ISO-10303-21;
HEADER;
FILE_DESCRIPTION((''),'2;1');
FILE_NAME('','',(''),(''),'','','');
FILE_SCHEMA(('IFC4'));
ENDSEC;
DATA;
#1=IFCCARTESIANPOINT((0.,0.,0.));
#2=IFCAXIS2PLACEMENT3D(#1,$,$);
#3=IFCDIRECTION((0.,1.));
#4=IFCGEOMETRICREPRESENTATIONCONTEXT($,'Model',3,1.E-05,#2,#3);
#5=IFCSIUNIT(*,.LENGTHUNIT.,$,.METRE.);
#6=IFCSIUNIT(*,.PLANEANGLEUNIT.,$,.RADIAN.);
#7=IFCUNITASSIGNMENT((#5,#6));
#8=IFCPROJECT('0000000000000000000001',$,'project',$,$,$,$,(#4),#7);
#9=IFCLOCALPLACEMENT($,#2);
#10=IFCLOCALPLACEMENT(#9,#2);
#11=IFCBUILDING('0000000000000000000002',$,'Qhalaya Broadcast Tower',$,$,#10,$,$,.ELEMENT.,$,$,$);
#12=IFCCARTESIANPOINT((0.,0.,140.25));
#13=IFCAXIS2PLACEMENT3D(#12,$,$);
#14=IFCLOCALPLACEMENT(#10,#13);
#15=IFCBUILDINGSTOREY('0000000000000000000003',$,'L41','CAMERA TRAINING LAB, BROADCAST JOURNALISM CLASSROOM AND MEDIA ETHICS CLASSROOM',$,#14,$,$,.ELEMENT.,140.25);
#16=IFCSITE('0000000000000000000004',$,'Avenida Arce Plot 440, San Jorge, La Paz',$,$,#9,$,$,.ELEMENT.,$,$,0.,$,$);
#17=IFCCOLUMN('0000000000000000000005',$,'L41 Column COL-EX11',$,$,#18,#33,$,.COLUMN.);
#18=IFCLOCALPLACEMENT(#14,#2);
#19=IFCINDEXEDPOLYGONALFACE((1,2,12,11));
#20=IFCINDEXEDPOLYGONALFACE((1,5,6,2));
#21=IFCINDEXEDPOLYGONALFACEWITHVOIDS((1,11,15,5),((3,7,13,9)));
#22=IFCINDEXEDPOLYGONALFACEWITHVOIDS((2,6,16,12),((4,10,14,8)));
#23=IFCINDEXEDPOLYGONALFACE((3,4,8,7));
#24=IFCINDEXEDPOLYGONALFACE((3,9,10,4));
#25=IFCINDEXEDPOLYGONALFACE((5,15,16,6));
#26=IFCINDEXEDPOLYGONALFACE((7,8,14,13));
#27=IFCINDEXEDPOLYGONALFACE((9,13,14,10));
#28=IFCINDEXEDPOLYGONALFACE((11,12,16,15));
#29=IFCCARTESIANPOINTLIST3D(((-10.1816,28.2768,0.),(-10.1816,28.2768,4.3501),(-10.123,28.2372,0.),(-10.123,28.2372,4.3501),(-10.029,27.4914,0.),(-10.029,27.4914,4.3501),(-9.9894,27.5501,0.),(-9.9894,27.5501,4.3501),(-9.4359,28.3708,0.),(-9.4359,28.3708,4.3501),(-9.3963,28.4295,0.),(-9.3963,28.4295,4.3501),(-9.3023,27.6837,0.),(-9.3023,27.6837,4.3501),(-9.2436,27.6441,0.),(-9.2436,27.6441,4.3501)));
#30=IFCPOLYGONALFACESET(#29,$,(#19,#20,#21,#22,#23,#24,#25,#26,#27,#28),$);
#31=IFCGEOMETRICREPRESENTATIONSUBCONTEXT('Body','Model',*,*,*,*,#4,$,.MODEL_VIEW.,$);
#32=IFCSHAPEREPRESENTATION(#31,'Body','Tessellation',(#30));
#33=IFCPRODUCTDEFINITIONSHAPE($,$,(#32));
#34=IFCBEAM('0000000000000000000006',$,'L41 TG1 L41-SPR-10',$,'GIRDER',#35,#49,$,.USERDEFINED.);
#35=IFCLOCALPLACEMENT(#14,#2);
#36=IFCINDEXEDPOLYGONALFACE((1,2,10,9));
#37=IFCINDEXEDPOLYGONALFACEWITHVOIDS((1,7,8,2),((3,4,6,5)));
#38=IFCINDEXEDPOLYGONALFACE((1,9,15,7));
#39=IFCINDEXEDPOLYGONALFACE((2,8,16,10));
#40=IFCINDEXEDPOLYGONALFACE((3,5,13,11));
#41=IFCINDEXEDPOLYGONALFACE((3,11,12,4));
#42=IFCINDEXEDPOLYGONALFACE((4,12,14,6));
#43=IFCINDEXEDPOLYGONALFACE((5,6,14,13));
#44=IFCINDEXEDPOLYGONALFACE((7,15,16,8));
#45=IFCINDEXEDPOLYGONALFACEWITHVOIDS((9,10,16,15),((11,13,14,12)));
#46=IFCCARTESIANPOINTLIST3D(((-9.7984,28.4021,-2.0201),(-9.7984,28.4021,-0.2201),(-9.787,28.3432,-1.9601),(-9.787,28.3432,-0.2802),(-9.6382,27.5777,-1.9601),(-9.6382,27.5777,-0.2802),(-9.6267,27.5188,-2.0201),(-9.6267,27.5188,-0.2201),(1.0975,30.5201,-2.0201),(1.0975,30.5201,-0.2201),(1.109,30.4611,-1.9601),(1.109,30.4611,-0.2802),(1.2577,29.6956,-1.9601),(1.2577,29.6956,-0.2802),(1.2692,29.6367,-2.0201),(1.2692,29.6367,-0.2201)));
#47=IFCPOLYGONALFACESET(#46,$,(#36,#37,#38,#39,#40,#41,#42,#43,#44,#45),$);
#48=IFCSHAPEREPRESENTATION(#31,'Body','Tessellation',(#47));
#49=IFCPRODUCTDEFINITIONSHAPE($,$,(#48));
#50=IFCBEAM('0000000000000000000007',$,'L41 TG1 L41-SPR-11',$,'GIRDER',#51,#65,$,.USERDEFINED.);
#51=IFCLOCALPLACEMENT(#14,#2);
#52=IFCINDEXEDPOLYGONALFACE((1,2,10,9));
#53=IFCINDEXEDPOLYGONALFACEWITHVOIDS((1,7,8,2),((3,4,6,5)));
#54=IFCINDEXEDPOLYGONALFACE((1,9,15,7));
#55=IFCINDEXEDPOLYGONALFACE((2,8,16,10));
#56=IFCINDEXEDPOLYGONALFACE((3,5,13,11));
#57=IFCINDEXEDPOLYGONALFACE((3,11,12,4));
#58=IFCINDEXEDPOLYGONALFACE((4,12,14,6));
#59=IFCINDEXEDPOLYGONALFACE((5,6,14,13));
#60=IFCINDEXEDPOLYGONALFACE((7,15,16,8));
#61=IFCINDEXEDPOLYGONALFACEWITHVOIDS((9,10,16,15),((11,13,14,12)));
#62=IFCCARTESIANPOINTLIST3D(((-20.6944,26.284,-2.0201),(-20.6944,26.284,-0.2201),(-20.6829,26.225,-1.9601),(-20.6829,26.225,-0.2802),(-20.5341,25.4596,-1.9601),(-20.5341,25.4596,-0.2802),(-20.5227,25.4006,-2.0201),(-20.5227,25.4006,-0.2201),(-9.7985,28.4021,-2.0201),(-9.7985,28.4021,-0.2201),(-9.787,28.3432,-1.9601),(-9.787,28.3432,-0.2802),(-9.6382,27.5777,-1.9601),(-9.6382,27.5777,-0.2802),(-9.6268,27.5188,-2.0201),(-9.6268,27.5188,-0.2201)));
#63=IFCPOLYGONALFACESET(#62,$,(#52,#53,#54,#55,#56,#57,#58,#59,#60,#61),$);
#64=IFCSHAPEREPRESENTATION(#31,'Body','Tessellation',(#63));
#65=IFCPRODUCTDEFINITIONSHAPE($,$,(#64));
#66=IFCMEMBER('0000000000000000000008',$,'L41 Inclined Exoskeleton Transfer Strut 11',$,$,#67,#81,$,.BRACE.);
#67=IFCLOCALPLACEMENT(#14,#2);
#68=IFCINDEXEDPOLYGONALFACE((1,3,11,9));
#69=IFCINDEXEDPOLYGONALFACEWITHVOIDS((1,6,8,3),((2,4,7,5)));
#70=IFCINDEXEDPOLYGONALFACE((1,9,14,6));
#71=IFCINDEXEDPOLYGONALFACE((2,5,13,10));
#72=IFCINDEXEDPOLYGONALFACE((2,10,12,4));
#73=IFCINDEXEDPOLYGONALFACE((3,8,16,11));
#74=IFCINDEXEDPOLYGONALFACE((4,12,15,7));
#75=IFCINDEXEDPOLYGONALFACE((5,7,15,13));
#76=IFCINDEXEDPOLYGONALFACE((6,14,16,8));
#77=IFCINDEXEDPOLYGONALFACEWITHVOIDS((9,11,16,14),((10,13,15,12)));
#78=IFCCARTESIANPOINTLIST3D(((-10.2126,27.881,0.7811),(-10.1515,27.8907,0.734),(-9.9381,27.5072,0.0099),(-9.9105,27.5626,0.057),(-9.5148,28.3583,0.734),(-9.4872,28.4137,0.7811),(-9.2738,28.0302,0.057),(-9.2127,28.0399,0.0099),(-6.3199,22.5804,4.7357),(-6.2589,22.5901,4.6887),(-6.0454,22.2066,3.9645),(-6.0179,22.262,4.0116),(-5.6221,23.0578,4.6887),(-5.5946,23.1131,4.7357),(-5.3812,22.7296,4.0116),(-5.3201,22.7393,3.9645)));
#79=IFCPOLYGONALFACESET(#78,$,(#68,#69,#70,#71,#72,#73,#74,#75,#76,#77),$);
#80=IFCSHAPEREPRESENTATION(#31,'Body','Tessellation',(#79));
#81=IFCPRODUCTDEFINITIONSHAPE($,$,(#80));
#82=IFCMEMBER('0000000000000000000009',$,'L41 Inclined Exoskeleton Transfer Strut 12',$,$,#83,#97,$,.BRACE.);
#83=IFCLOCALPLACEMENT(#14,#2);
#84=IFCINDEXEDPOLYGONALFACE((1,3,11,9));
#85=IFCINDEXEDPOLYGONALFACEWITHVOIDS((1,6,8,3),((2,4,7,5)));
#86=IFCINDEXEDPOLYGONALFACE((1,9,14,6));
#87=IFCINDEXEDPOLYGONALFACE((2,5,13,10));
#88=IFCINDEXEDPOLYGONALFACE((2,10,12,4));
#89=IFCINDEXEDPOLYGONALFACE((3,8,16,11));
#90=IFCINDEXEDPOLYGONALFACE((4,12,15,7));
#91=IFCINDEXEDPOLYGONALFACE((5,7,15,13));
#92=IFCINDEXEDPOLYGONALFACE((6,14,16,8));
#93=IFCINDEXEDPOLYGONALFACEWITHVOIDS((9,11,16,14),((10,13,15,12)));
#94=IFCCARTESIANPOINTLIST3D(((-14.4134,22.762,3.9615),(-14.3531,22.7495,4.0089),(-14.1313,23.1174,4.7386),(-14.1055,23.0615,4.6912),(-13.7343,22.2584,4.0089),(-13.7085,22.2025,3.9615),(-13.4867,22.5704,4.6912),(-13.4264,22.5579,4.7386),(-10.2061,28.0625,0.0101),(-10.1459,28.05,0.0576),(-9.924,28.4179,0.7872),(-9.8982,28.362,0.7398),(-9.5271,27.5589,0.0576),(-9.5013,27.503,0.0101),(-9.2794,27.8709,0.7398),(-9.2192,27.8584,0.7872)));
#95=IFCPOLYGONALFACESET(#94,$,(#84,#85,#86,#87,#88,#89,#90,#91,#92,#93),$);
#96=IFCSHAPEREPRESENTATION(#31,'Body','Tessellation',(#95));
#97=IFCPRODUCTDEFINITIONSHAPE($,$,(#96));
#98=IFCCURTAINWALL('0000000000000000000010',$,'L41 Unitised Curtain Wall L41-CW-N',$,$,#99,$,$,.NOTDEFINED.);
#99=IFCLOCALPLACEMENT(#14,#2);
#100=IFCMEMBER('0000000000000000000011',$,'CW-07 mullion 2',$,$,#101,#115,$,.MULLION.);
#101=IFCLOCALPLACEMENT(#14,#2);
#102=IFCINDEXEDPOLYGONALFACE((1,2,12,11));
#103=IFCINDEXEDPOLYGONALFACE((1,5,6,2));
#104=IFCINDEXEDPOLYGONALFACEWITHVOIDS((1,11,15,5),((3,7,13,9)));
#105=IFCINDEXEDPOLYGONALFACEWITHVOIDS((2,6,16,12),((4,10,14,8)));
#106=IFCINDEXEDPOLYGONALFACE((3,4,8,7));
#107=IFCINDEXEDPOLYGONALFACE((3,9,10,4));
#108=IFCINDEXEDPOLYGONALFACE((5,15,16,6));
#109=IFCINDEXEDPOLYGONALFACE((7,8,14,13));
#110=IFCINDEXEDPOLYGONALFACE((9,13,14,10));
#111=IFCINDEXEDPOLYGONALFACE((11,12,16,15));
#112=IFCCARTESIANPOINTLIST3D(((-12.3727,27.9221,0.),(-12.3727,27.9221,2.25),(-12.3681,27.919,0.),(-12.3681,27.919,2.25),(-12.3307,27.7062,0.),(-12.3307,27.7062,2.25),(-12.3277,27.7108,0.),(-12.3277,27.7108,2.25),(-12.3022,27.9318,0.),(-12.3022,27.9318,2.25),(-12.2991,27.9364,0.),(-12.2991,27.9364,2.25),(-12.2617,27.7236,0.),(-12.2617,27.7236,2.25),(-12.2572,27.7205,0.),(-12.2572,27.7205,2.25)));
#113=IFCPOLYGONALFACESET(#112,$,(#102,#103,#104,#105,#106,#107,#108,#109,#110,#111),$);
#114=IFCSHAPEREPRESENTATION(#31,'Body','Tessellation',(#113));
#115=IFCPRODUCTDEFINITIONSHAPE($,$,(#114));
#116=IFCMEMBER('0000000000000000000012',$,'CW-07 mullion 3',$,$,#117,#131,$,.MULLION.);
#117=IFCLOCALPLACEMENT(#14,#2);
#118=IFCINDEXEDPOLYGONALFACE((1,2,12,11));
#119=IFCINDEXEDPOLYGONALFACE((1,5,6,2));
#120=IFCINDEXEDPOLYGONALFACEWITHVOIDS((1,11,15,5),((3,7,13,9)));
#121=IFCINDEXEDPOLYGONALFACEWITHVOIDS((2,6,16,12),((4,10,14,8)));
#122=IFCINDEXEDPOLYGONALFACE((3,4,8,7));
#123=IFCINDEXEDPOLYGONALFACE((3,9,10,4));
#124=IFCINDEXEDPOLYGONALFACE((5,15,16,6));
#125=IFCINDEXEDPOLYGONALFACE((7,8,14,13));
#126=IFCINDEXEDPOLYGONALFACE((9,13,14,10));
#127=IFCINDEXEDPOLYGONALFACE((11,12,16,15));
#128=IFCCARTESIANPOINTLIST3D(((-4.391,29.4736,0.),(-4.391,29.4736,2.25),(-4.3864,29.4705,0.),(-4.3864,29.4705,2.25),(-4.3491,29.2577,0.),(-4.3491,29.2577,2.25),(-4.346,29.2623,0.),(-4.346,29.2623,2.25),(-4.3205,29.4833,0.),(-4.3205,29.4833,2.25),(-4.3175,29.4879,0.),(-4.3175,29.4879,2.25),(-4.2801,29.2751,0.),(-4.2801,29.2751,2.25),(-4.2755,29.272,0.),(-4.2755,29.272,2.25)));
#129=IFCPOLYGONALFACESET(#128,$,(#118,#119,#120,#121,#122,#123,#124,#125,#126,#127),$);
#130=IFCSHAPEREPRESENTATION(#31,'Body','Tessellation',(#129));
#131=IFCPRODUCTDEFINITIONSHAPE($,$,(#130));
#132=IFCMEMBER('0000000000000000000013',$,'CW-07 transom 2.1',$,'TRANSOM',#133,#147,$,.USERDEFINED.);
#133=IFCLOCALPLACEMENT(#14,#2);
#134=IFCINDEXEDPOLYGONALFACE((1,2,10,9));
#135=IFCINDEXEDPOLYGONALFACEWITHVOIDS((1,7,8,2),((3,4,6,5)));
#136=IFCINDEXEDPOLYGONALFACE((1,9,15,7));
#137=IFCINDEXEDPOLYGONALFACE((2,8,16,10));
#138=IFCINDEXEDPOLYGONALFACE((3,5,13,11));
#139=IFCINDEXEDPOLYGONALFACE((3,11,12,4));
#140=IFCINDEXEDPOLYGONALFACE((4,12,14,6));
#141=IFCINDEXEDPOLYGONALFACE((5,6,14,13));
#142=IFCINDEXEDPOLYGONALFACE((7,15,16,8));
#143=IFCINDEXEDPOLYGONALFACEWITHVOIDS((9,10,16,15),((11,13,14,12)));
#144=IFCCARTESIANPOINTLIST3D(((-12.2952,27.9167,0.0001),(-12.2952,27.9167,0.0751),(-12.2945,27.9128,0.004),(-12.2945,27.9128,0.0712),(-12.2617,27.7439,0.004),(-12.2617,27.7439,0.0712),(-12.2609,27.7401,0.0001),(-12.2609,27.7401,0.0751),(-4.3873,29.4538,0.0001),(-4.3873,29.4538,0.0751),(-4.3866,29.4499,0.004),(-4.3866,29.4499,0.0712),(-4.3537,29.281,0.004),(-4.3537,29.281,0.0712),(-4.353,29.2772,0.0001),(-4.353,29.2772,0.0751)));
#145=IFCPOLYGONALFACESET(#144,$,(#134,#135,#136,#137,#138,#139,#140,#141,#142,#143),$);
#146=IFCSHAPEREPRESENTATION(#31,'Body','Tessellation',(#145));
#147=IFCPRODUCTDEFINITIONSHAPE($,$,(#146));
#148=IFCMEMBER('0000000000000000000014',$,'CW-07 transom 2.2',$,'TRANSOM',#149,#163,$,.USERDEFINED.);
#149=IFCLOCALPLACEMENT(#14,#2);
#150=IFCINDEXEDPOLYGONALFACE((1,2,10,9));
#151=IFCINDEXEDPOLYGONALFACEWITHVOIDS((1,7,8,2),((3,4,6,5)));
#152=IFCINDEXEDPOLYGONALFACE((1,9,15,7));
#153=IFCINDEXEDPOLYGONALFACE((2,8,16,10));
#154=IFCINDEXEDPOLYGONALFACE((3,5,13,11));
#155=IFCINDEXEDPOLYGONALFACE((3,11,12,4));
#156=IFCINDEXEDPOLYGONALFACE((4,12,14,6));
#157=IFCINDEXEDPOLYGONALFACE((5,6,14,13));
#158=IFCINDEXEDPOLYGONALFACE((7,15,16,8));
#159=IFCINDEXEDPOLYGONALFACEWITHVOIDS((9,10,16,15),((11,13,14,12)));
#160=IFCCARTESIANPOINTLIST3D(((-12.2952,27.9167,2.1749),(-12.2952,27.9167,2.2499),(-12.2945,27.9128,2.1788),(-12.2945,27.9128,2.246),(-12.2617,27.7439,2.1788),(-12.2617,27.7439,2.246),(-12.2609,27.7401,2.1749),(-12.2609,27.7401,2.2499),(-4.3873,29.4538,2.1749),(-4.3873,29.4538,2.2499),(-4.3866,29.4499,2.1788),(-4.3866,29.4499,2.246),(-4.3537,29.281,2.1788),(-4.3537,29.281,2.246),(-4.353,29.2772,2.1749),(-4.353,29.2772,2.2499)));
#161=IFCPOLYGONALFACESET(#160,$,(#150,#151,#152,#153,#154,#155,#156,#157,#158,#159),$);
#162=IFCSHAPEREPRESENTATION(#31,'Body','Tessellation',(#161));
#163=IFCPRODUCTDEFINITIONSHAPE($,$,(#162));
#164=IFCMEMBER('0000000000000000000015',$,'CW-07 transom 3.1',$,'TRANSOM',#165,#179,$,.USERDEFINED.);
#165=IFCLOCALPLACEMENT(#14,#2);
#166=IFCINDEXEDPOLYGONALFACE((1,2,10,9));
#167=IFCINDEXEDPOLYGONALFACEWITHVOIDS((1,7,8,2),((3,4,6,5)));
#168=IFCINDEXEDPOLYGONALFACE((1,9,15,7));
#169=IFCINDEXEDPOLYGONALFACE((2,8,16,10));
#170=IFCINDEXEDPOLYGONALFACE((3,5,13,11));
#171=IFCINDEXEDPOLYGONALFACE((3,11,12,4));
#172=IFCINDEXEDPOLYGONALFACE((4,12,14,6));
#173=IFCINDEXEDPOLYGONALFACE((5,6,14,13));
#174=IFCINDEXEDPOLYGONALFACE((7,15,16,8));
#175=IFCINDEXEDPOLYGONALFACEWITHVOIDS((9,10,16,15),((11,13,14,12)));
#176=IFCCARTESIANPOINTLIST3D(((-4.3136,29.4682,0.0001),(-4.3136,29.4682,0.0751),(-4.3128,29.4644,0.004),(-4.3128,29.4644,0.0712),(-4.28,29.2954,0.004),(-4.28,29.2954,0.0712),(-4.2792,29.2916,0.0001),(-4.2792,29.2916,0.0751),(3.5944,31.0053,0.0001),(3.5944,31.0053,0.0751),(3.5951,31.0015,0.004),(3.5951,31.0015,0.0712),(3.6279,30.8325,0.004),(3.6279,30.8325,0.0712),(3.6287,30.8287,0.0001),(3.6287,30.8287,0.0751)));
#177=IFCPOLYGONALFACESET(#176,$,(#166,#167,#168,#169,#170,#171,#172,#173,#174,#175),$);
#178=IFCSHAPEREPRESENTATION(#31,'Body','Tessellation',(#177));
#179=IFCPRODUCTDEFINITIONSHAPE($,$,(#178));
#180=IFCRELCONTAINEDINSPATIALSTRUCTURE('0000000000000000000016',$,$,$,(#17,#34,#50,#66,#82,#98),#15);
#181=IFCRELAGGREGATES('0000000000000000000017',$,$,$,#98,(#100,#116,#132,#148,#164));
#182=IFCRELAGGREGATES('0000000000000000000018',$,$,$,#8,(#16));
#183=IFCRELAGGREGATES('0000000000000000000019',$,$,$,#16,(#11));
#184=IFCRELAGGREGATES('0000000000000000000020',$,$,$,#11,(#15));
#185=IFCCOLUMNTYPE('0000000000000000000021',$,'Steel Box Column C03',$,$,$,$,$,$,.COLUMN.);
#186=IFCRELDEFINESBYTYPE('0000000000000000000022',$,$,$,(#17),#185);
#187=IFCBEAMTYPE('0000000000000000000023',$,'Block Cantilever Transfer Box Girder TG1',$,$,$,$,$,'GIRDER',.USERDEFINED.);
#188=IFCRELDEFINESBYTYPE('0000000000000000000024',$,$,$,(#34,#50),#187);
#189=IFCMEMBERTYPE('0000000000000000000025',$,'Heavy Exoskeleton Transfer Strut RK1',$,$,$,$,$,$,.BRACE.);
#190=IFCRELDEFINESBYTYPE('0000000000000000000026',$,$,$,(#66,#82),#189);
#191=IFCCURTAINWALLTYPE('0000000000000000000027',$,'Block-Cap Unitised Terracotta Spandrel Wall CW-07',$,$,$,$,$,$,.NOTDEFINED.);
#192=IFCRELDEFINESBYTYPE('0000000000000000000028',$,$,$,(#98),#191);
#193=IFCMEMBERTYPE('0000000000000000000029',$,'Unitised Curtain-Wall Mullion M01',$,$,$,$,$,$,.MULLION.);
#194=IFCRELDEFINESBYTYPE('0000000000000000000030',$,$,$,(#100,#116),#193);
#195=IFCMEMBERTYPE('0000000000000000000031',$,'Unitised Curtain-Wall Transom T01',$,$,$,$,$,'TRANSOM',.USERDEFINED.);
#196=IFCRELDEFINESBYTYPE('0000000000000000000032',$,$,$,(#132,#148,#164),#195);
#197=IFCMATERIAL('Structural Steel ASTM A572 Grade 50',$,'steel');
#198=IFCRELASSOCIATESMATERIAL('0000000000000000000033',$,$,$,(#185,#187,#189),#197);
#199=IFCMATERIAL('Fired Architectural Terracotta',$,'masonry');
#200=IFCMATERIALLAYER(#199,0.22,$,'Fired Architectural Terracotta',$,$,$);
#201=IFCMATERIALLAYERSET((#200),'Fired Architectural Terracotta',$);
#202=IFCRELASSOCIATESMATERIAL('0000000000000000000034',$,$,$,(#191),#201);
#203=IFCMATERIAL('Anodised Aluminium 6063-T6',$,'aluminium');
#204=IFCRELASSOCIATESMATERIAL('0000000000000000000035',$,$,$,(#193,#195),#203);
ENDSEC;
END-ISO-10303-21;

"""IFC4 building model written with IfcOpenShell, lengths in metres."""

from ifc_helpers import new_model, si_unit, direction, frame, origin, origin_2d, place, context, subcontext, project, spatial, hollow_rectangle, extrude, material, layer, layer_set, material_profile, profile_set, type_object, element, aggregate, save


model = new_model("IFC4")

# Units and contexts
model_context = context("Model", 3, precision=1e-05, world=origin(), true_north=direction((0.0, 1.0)))
body_context = subcontext(model_context, "Body", "Model", "MODEL_VIEW")
ifc_project = project(units=[si_unit("LENGTHUNIT", "METRE"), si_unit("PLANEANGLEUNIT", "RADIAN")], contexts=[model_context])

# Site, building, storey
site_placement = place(None, origin())
site = spatial("IfcSite", under=ifc_project, at=site_placement, Name="Avenida Arce Plot 440, San Jorge, La Paz", CompositionType="ELEMENT", RefElevation=0.0)
building_placement = place(site_placement, origin())
building = spatial("IfcBuilding", under=site, at=building_placement, Name="Qhalaya Broadcast Tower", CompositionType="ELEMENT")
storey_placement = place(building_placement, frame((0.0, 0.0, 140.25)))
storey = spatial("IfcBuildingStorey", under=building, at=storey_placement, Name="L41", Description="CAMERA TRAINING LAB, BROADCAST JOURNALISM CLASSROOM AND MEDIA ETHICS CLASSROOM", CompositionType="ELEMENT", Elevation=140.25)

# Column
ifc_material_1 = material(Name="Structural Steel ASTM A572 Grade 50", Category="steel")
ifc_material_profile_1 = material_profile(ifc_material_1, hollow_rectangle(XDim=0.8, YDim=0.8, WallThickness=0.05, at=origin_2d()), Name="BOX 800x800x50")
ifc_profile_set_1 = profile_set([ifc_material_profile_1], Name="Structural Steel ASTM A572 Grade 50")
column_type = type_object("IfcColumnType", Name="Steel Box Column C03", PredefinedType="COLUMN", material=ifc_profile_set_1)
column_placement = place(storey_placement, frame((-9.7126, 27.9604, 0.0), z_axis=(0.0, 0.0, 1.0), x_axis=(0.981627, 0.190809, 0.0)))
element("IfcColumn", 1, at=column_placement, inside=storey, type_object=column_type, Name="L41 Column COL-EX11", PredefinedType="COLUMN", context=body_context, shape_type="SweptSolid", body=[
    extrude(hollow_rectangle(XDim=0.8, YDim=0.8, WallThickness=0.05, at=origin_2d()), origin(), (0.0, 0.0, 1.0), 4.3501),
])

# Beams
ifc_material_profile_2 = material_profile(ifc_material_1, hollow_rectangle(XDim=0.8999, YDim=1.8, WallThickness=0.0601, at=origin_2d()), Name="BOX 900x1800x60")
ifc_profile_set_2 = profile_set([ifc_material_profile_2], Name="Structural Steel ASTM A572 Grade 50")
beam_type = type_object("IfcBeamType", Name="Block Cantilever Transfer Box Girder TG1", ElementType="GIRDER", PredefinedType="USERDEFINED", material=ifc_profile_set_2)
for number, where, z_axis, x_axis, name in (
    (2, (1.1833, 30.0784, -1.1201), (-0.981628, -0.190805, 0.0), (0.190805, -0.981628, 0.0), "L41 TG1 L41-SPR-10"),
    (3, (-9.7126, 27.9604, -1.1201), (-0.981624, -0.190826, 0.0), (0.190826, -0.981624, 0.0), "L41 TG1 L41-SPR-11"),
):
    element("IfcBeam", number, at=place(storey_placement, frame(where, z_axis=z_axis, x_axis=x_axis)), inside=storey, type_object=beam_type, Name=name, ObjectType="GIRDER", PredefinedType="USERDEFINED", context=body_context, shape_type="SweptSolid", body=[
        extrude(hollow_rectangle(XDim=0.8999, YDim=1.8, WallThickness=0.0601, at=origin_2d()), origin(), (0.0, 0.0, 1.0), 11.0999),
    ])

# Members
ifc_material_profile_3 = material_profile(ifc_material_1, hollow_rectangle(XDim=0.8999, YDim=0.8999, WallThickness=0.0549, at=origin_2d()), Name="BOX 900x900x55")
ifc_profile_set_3 = profile_set([ifc_material_profile_3], Name="Structural Steel ASTM A572 Grade 50")
member_type_1 = type_object("IfcMemberType", Name="Heavy Exoskeleton Transfer Strut RK1", PredefinedType="BRACE", material=ifc_profile_set_3)
member_1_placement = place(storey_placement, frame((-9.7126, 27.9604, 0.3955), z_axis=(0.507258, -0.690735, 0.515339), x_axis=(0.806005, 0.591909, 0.0)))
element("IfcMember", 4, at=member_1_placement, inside=storey, type_object=member_type_1, Name="L41 Inclined Exoskeleton Transfer Strut 11", PredefinedType="BRACE", context=body_context, shape_type="SweptSolid", body=[
    extrude(hollow_rectangle(XDim=0.8999, YDim=0.8999, WallThickness=0.0549, at=origin_2d()), origin(), (0.0, 0.0, 1.0), 7.6738),
])
member_2_placement = place(storey_placement, frame((-9.7126, 27.9604, 0.3987), z_axis=(-0.536883, -0.676392, 0.504233), x_axis=(0.783253, -0.621703, 0.0)))
element("IfcMember", 5, at=member_2_placement, inside=storey, type_object=member_type_1, Name="L41 Inclined Exoskeleton Transfer Strut 12", PredefinedType="BRACE", context=body_context, shape_type="SweptSolid", body=[
    extrude(hollow_rectangle(XDim=0.8999, YDim=0.8999, WallThickness=0.0549, at=origin_2d()), origin(), (0.0, 0.0, 1.0), 7.8364),
])

# Curtain wall, members
ifc_material_2 = material(Name="Fired Architectural Terracotta", Category="masonry")
ifc_layer_1 = layer(ifc_material_2, 0.22, Name="Fired Architectural Terracotta")
ifc_layer_set_1 = layer_set([ifc_layer_1], Name="Fired Architectural Terracotta")
curtain_wall_type = type_object("IfcCurtainWallType", Name="Block-Cap Unitised Terracotta Spandrel Wall CW-07", PredefinedType="NOTDEFINED", material=ifc_layer_set_1)
curtain_wall_placement = place(storey_placement, origin())
curtain_wall = element("IfcCurtainWall", 6, at=curtain_wall_placement, inside=storey, type_object=curtain_wall_type, Name="L41 Unitised Curtain Wall L41-CW-N", PredefinedType="NOTDEFINED")
ifc_material_3 = material(Name="Anodised Aluminium 6063-T6", Category="aluminium")
ifc_material_profile_4 = material_profile(ifc_material_3, hollow_rectangle(XDim=0.075, YDim=0.22, WallThickness=0.0039, at=origin_2d()), Name="ALU-MUL 75x220x4")
ifc_profile_set_4 = profile_set([ifc_material_profile_4], Name="Anodised Aluminium 6063-T6")
member_type_2 = type_object("IfcMemberType", Name="Unitised Curtain-Wall Mullion M01", PredefinedType="MULLION", material=ifc_profile_set_4)
member_3_placement = place(storey_placement, frame((-12.3149, 27.8213, 0.0), z_axis=(0.0, 0.0, 1.0), x_axis=(0.981627, 0.19081, 0.0)))
member_3 = element("IfcMember", 7, at=member_3_placement, type_object=member_type_2, Name="CW-07 mullion 2", PredefinedType="MULLION", context=body_context, shape_type="SweptSolid", body=[
    extrude(hollow_rectangle(XDim=0.075, YDim=0.22, WallThickness=0.0039, at=origin_2d()), origin(), (0.0, 0.0, 1.0), 2.25),
])
member_4_placement = place(storey_placement, frame((-4.3333, 29.3728, 0.0), z_axis=(0.0, 0.0, 1.0), x_axis=(0.981627, 0.19081, 0.0)))
member_4 = element("IfcMember", 8, at=member_4_placement, type_object=member_type_2, Name="CW-07 mullion 3", PredefinedType="MULLION", context=body_context, shape_type="SweptSolid", body=[
    extrude(hollow_rectangle(XDim=0.075, YDim=0.22, WallThickness=0.0039, at=origin_2d()), origin(), (0.0, 0.0, 1.0), 2.25),
])
ifc_material_profile_5 = material_profile(ifc_material_3, hollow_rectangle(XDim=0.075, YDim=0.1799, WallThickness=0.0039, at=origin_2d()), Name="ALU-TRN 75x180x4")
ifc_profile_set_5 = profile_set([ifc_material_profile_5], Name="Anodised Aluminium 6063-T6")
member_type_3 = type_object("IfcMemberType", Name="Unitised Curtain-Wall Transom T01", ElementType="TRANSOM", PredefinedType="USERDEFINED", material=ifc_profile_set_5)
member_5_placement = place(storey_placement, frame((-12.2781, 27.8284, 0.0376), z_axis=(0.981628, 0.190804, 0.0), x_axis=(0.0, 0.0, 1.0)))
member_5 = element("IfcMember", 9, at=member_5_placement, type_object=member_type_3, Name="CW-07 transom 2.1", ObjectType="TRANSOM", PredefinedType="USERDEFINED", context=body_context, shape_type="SweptSolid", body=[
    extrude(hollow_rectangle(XDim=0.075, YDim=0.1799, WallThickness=0.0039, at=origin_2d()), origin(), (0.0, 0.0, 1.0), 8.0559),
])
member_6_placement = place(storey_placement, frame((-12.2781, 27.8284, 2.2124), z_axis=(0.981628, 0.190804, 0.0), x_axis=(0.0, 0.0, 1.0)))
member_6 = element("IfcMember", 10, at=member_6_placement, type_object=member_type_3, Name="CW-07 transom 2.2", ObjectType="TRANSOM", PredefinedType="USERDEFINED", context=body_context, shape_type="SweptSolid", body=[
    extrude(hollow_rectangle(XDim=0.075, YDim=0.1799, WallThickness=0.0039, at=origin_2d()), origin(), (0.0, 0.0, 1.0), 8.0559),
])
member_7_placement = place(storey_placement, frame((-4.2964, 29.3799, 0.0376), z_axis=(0.981628, 0.190804, 0.0), x_axis=(0.0, 0.0, 1.0)))
member_7 = element("IfcMember", 11, at=member_7_placement, type_object=member_type_3, Name="CW-07 transom 3.1", ObjectType="TRANSOM", PredefinedType="USERDEFINED", context=body_context, shape_type="SweptSolid", body=[
    extrude(hollow_rectangle(XDim=0.075, YDim=0.1799, WallThickness=0.0039, at=origin_2d()), origin(), (0.0, 0.0, 1.0), 8.0559),
])

aggregate(curtain_wall, [member_3, member_4, member_5, member_6, member_7])

save(model, "model.ifc")
